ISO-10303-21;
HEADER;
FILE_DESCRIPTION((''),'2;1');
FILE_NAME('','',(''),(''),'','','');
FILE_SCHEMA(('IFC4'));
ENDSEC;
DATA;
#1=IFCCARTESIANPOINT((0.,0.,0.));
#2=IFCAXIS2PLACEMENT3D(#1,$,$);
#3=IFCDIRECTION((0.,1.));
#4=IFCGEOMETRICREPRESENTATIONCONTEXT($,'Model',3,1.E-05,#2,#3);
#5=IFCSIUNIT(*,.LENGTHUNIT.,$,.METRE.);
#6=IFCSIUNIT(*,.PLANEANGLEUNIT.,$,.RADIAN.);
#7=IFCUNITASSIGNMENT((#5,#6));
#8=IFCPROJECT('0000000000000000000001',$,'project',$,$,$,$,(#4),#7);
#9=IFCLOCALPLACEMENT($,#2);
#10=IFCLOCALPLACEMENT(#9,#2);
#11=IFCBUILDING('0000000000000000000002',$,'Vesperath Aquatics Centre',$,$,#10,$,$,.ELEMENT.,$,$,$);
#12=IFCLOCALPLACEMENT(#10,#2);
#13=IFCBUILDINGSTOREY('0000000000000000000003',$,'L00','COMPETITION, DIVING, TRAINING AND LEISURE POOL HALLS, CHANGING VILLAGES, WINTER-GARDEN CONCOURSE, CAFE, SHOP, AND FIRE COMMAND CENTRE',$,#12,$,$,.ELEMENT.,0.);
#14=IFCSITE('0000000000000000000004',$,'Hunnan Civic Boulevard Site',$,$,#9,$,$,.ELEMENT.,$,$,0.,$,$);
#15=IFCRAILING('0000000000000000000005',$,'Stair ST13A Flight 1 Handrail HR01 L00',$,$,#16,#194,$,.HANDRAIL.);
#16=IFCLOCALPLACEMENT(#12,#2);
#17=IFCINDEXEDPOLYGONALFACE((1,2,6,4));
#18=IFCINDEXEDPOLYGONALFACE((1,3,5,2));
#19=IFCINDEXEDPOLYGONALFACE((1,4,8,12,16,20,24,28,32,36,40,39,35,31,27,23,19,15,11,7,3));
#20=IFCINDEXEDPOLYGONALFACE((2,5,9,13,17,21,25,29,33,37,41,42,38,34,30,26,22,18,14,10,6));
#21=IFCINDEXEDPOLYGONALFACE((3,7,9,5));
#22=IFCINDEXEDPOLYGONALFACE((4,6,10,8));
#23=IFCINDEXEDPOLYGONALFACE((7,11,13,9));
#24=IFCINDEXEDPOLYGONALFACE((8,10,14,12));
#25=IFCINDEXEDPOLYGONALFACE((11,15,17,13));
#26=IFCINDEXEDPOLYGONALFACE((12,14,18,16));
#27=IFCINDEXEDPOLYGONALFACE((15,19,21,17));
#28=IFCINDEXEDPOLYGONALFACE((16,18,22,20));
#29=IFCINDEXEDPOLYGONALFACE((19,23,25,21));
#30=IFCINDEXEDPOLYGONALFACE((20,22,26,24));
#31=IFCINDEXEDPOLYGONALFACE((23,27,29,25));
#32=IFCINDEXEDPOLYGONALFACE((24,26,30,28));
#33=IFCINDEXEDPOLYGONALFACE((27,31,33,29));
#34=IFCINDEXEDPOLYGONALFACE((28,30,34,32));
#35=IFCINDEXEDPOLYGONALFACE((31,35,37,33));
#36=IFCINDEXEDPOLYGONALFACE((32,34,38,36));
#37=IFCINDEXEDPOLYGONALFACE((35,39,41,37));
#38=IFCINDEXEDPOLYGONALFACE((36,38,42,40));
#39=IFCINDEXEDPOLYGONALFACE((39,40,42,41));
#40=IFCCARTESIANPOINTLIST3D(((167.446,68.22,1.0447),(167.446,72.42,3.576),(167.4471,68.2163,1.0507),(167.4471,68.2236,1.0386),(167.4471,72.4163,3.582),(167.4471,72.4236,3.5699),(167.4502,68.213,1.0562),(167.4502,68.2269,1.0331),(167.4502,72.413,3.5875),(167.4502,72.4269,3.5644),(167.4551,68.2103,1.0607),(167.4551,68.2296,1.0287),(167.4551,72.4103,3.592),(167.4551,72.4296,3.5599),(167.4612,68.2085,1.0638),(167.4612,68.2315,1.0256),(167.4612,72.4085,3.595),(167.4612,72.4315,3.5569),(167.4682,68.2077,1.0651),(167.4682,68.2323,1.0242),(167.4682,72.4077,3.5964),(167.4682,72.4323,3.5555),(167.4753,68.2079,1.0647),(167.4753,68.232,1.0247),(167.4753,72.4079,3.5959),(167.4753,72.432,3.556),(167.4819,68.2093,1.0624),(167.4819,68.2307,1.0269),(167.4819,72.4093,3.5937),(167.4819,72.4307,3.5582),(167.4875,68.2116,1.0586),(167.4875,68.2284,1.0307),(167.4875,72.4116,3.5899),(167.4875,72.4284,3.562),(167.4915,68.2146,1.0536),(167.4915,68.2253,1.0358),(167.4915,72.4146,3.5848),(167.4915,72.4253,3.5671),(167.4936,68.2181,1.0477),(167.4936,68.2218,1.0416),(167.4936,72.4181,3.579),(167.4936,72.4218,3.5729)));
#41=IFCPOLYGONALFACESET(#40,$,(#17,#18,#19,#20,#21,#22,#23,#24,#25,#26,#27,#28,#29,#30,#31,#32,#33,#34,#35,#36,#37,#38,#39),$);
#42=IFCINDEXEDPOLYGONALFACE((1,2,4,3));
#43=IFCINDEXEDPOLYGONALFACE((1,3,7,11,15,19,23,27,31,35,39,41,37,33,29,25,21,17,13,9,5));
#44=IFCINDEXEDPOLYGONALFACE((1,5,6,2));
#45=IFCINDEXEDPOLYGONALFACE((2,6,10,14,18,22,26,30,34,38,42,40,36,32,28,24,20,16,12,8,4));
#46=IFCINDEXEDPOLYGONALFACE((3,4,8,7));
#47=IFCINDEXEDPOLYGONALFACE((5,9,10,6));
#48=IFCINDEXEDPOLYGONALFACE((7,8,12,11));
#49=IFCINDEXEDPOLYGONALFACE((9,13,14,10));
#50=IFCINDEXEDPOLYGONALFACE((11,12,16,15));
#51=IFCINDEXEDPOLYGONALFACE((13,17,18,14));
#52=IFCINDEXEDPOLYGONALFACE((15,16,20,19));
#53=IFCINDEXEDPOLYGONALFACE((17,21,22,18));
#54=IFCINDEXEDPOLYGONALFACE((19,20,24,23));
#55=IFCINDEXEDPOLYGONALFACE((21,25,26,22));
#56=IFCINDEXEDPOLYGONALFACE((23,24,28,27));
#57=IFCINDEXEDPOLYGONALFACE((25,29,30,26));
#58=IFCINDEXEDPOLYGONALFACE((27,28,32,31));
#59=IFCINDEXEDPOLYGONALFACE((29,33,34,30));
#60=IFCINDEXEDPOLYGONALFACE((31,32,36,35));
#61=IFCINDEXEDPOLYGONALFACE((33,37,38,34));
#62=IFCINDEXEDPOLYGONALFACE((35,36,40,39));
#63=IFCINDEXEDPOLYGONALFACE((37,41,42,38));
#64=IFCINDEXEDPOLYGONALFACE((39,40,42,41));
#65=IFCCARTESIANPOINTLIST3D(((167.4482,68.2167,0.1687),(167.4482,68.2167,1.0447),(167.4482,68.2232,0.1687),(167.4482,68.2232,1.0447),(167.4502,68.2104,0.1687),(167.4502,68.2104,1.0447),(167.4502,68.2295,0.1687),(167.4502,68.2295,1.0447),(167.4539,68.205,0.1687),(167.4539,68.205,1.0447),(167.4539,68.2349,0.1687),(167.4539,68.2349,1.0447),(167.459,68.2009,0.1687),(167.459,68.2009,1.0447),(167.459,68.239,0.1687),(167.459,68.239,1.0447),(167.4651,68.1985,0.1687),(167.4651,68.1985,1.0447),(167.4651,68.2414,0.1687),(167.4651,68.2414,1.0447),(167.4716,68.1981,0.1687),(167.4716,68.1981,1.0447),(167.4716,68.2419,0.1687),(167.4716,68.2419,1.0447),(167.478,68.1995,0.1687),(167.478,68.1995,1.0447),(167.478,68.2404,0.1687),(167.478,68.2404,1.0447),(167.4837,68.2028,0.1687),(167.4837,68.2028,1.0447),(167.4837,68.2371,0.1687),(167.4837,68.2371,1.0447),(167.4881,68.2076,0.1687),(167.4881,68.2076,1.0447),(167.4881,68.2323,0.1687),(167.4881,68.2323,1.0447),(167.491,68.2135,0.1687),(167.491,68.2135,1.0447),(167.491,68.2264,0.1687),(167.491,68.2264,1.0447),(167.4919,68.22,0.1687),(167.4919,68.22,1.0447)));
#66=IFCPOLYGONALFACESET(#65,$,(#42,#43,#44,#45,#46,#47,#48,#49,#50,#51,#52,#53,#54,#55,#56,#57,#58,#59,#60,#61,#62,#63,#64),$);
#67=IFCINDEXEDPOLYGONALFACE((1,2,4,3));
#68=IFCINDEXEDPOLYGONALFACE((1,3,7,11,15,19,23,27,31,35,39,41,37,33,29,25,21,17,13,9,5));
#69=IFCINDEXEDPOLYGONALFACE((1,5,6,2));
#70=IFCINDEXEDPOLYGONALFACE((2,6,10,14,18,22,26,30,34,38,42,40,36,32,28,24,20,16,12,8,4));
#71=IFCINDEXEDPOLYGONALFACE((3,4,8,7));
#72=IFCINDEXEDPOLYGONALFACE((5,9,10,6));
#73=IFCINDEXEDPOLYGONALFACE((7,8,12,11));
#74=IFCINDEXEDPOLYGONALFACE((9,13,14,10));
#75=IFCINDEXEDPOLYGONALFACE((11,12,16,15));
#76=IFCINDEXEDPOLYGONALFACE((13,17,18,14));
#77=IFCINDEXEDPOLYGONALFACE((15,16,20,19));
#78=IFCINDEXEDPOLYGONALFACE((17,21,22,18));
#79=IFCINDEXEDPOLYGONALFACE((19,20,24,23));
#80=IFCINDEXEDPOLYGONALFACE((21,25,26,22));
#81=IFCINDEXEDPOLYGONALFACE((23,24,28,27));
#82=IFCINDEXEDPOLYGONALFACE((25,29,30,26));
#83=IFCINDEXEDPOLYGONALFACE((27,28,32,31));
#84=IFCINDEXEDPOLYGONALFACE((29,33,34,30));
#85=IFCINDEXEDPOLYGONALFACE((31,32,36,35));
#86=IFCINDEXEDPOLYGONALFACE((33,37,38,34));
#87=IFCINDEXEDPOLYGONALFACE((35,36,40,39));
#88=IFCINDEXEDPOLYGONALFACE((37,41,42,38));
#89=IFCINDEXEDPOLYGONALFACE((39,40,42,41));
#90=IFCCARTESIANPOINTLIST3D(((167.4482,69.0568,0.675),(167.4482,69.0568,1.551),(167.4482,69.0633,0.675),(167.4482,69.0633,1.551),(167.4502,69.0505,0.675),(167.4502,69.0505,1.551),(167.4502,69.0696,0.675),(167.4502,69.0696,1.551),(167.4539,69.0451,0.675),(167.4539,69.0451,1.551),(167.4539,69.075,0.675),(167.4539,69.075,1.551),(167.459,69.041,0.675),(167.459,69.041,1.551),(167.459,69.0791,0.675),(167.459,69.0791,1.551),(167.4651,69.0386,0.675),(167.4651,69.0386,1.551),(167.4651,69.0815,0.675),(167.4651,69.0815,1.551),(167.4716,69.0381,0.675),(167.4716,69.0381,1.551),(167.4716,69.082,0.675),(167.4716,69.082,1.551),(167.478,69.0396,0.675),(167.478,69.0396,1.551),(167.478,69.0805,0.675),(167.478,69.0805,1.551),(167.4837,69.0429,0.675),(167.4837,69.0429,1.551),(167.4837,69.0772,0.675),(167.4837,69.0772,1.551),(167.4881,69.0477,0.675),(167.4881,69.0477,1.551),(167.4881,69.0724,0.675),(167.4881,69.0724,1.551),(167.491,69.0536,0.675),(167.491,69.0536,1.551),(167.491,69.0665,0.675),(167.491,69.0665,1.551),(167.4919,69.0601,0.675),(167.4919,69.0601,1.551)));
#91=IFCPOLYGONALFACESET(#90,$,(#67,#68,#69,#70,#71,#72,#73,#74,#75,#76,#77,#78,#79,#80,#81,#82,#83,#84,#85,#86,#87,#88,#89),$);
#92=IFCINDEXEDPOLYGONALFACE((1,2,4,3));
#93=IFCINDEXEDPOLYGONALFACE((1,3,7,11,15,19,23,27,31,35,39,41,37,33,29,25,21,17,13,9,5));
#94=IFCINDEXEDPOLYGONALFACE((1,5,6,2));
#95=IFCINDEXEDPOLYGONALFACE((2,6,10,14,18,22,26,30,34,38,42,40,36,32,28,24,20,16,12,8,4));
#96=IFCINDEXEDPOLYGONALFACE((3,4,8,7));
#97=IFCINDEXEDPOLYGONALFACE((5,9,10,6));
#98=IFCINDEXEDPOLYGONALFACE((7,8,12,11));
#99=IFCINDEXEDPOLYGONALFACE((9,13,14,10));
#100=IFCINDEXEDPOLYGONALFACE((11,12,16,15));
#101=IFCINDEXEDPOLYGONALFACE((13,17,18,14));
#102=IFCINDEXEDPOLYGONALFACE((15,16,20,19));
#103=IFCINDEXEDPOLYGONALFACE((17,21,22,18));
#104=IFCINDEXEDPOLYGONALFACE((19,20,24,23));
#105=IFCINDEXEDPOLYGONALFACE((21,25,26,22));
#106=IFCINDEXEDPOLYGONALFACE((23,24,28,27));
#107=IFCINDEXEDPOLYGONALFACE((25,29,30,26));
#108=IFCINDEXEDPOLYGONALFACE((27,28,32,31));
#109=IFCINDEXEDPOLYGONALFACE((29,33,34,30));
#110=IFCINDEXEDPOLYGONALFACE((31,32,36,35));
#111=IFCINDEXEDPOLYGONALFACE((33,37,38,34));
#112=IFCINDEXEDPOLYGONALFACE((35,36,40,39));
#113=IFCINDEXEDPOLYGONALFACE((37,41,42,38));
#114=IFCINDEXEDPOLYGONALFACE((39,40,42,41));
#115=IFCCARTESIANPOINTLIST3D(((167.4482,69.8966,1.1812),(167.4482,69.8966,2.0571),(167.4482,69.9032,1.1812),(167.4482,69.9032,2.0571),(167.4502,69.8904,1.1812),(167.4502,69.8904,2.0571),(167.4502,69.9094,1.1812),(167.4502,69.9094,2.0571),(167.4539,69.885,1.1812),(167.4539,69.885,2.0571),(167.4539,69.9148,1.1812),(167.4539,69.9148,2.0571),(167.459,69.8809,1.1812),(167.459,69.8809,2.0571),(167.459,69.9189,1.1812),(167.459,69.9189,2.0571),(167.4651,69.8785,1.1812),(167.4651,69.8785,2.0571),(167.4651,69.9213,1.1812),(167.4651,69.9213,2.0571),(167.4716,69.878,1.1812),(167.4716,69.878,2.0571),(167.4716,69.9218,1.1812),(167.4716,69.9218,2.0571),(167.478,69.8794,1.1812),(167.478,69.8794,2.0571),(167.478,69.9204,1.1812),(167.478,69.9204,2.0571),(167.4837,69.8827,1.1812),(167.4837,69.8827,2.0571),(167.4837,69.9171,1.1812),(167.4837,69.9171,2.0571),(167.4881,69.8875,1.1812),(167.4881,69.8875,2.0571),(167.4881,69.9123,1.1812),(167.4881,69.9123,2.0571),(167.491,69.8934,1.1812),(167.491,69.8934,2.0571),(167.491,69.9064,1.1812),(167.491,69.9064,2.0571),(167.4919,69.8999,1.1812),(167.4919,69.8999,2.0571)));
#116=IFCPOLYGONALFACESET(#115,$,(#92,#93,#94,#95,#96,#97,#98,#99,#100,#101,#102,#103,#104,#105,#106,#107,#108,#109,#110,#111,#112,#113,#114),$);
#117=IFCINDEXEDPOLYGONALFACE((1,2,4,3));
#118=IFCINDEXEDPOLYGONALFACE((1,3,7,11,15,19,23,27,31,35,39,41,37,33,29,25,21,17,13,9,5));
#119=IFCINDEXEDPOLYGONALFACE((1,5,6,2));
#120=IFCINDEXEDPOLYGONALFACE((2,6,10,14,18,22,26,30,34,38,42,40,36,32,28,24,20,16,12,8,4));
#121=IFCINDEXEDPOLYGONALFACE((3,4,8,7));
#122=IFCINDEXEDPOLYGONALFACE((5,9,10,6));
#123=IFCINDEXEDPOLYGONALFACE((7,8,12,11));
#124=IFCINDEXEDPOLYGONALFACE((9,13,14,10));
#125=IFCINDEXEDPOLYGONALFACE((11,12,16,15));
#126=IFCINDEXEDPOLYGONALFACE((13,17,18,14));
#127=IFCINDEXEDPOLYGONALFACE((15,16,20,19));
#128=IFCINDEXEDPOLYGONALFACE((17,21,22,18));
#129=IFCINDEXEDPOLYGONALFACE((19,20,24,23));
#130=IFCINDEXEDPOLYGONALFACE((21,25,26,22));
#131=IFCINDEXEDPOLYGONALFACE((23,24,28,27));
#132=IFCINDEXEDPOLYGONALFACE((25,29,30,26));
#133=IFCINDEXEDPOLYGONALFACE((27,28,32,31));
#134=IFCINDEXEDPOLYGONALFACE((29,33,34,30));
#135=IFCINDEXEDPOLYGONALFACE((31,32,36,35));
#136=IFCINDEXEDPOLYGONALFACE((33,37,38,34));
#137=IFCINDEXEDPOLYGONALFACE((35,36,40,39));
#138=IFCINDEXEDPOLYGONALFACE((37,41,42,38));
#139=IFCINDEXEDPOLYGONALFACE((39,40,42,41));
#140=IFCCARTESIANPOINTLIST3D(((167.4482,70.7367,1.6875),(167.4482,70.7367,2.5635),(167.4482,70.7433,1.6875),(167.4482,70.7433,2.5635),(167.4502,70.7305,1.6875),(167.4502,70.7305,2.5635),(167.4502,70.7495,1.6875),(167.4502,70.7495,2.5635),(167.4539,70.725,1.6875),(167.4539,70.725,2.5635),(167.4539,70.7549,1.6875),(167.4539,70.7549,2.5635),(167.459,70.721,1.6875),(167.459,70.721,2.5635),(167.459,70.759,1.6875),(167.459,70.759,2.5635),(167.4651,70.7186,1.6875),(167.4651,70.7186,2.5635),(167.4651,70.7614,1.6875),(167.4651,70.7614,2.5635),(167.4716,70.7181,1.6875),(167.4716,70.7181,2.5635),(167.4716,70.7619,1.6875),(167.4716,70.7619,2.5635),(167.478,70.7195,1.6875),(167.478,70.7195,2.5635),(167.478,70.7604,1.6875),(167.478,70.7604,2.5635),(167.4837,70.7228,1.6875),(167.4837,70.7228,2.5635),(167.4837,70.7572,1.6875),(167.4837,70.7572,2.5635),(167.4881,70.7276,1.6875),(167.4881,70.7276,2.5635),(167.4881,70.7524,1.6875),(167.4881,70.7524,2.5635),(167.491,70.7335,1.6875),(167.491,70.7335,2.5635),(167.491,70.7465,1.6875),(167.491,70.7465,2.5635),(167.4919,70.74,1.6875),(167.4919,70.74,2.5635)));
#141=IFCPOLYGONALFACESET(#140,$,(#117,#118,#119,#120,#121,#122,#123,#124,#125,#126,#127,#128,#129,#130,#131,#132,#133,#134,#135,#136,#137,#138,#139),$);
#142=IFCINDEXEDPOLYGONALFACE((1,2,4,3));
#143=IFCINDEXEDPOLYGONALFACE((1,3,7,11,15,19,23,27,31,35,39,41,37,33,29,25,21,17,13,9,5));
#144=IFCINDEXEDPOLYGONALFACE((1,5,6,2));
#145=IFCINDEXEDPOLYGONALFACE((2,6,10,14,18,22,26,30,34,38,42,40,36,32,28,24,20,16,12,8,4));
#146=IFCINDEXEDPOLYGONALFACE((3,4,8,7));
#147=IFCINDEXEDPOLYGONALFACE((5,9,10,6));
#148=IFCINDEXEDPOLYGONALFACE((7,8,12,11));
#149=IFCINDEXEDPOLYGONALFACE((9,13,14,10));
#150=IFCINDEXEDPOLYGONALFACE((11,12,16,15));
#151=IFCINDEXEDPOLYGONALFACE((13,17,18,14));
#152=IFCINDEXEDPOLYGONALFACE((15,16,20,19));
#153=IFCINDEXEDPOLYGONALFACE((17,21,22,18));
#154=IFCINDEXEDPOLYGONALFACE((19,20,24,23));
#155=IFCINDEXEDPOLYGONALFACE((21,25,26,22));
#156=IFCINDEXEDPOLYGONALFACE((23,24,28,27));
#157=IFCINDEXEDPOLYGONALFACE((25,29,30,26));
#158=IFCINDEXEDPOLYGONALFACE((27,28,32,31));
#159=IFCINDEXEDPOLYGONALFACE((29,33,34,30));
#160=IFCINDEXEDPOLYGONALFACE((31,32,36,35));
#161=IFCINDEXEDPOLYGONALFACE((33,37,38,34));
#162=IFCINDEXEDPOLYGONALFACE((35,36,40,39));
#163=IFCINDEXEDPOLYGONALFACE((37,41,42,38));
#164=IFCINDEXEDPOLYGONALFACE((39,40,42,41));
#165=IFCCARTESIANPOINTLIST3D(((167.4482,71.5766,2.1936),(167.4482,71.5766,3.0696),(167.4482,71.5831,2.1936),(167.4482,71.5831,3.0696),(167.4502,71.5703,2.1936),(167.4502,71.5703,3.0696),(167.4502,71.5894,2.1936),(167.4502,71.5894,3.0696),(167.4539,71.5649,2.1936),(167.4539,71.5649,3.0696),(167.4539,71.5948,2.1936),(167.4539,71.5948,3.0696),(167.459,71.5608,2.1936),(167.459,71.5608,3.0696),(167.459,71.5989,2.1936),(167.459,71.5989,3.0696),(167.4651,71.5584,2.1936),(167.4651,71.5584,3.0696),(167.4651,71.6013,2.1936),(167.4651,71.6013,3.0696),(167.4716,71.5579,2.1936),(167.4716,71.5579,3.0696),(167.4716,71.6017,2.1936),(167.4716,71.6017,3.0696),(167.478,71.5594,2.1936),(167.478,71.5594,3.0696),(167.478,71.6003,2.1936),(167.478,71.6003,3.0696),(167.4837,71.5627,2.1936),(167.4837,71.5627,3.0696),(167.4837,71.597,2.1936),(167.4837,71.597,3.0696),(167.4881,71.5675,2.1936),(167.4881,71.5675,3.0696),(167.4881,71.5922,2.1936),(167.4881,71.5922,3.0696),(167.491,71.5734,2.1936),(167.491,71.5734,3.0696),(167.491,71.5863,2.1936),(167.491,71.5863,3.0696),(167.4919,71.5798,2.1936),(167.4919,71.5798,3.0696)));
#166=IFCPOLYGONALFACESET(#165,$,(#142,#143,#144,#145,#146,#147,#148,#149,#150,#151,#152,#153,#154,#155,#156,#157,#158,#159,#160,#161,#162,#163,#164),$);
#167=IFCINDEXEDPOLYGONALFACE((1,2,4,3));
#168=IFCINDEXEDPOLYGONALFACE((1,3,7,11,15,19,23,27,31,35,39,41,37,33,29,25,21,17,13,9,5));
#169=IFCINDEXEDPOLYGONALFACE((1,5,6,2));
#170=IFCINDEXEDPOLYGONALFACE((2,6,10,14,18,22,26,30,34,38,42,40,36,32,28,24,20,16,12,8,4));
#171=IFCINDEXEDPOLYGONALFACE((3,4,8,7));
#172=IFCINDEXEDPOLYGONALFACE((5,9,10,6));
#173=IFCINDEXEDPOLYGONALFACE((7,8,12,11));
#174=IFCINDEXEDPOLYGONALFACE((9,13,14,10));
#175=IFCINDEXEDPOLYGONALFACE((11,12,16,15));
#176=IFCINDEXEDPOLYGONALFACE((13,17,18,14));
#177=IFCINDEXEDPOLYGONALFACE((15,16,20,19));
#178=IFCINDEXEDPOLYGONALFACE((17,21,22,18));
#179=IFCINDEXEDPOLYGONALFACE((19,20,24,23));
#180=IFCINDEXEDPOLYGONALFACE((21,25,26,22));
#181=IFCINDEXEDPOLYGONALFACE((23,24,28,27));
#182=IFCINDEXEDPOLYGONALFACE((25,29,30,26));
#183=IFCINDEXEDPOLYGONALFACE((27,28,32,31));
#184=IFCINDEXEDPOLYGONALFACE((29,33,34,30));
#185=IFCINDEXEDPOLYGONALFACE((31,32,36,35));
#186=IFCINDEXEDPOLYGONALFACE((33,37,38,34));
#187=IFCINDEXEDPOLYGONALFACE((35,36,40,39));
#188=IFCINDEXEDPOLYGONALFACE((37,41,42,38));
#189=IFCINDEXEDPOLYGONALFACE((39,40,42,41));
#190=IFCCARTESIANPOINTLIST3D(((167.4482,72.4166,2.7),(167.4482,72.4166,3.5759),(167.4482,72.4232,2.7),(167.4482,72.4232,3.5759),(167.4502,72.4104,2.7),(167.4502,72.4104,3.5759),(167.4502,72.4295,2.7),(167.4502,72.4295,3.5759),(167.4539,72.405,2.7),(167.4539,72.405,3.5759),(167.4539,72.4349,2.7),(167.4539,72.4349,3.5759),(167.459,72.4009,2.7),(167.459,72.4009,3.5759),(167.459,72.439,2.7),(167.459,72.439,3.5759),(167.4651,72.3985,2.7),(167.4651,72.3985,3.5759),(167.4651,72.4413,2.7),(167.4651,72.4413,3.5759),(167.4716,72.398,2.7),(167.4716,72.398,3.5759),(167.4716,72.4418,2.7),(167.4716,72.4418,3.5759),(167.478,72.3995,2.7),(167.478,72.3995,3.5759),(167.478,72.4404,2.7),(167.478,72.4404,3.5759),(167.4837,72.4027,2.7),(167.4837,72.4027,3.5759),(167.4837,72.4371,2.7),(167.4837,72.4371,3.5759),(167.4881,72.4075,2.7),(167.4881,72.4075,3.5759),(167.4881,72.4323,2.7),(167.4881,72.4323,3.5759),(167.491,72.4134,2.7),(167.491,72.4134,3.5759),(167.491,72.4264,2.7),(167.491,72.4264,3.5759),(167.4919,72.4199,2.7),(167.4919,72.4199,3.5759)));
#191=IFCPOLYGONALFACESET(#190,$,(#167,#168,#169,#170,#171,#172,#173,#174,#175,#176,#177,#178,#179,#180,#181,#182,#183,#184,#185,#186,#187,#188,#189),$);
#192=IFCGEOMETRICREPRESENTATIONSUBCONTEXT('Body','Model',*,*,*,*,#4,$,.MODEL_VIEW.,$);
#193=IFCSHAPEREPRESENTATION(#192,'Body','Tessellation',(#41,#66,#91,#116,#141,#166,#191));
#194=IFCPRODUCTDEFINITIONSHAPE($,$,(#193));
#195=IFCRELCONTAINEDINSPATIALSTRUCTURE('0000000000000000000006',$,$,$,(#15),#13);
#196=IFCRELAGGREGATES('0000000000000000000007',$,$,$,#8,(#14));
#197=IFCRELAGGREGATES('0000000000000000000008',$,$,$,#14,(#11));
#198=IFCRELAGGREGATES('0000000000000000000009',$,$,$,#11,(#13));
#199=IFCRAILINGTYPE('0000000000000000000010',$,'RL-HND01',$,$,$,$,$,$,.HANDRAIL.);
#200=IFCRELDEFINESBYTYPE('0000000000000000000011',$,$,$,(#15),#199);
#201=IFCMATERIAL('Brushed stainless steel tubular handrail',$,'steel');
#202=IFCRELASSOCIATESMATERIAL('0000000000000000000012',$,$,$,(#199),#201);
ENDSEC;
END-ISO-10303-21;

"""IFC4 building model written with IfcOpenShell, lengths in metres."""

from ifc_helpers import new_model, si_unit, direction, frame, origin, origin_2d, place, context, subcontext, project, spatial, circle, extrude, material, type_object, element, save


model = new_model("IFC4")

# Units and contexts
model_context = context("Model", 3, precision=1e-05, world=origin(), true_north=direction((0.0, 1.0)))
body_context = subcontext(model_context, "Body", "Model", "MODEL_VIEW")
ifc_project = project(units=[si_unit("LENGTHUNIT", "METRE"), si_unit("PLANEANGLEUNIT", "RADIAN")], contexts=[model_context])

# Site, building, storey
site_placement = place(None, origin())
site = spatial("IfcSite", under=ifc_project, at=site_placement, Name="Hunnan Civic Boulevard Site", CompositionType="ELEMENT", RefElevation=0.0)
building_placement = place(site_placement, origin())
building = spatial("IfcBuilding", under=site, at=building_placement, Name="Vesperath Aquatics Centre", CompositionType="ELEMENT")
storey_placement = place(building_placement, origin())
storey = spatial("IfcBuildingStorey", under=building, at=storey_placement, Name="L00", Description="COMPETITION, DIVING, TRAINING AND LEISURE POOL HALLS, CHANGING VILLAGES, WINTER-GARDEN CONCOURSE, CAFE, SHOP, AND FIRE COMMAND CENTRE", CompositionType="ELEMENT", Elevation=0.0)

# Railing
ifc_material_1 = material(Name="Brushed stainless steel tubular handrail", Category="steel")
railing_type_1 = type_object("IfcRailingType", Name="RL-HND01", PredefinedType="HANDRAIL", material=ifc_material_1)
railing_1_placement = place(storey_placement, frame((167.47, 68.22, 0.1687)))
element("IfcRailing", 1, at=railing_1_placement, inside=storey, type_object=railing_type_1, Name="Stair ST13A Flight 1 Handrail HR01 L00", PredefinedType="HANDRAIL", context=body_context, shape_type="SweptSolid", body=[
    extrude(circle(Radius=0.0239, at=origin_2d()), frame((0.0, 0.0, 0.876), z_axis=(0.0, 0.856476, 0.516186), x_axis=(-1.0, 0.0, 0.0)), (0.0, 0.0, 1.0), 4.9038),
    extrude(circle(Radius=0.022, at=origin_2d()), origin(), (0.0, 0.0, 1.0), 0.876),
    extrude(circle(Radius=0.022, at=origin_2d()), frame((0.0, 0.8401, 0.5063)), (0.0, 0.0, 1.0), 0.876),
    extrude(circle(Radius=0.022, at=origin_2d()), frame((0.0, 1.6799, 1.0125)), (0.0, 0.0, 1.0), 0.876),
    extrude(circle(Radius=0.022, at=origin_2d()), frame((0.0, 2.52, 1.5188)), (0.0, 0.0, 1.0), 0.876),
    extrude(circle(Radius=0.022, at=origin_2d()), frame((0.0, 3.3599, 2.0249)), (0.0, 0.0, 1.0), 0.876),
    extrude(circle(Radius=0.022, at=origin_2d()), frame((0.0, 4.2, 2.5312)), (0.0, 0.0, 1.0), 0.876),
])

save(model, "model.ifc")
